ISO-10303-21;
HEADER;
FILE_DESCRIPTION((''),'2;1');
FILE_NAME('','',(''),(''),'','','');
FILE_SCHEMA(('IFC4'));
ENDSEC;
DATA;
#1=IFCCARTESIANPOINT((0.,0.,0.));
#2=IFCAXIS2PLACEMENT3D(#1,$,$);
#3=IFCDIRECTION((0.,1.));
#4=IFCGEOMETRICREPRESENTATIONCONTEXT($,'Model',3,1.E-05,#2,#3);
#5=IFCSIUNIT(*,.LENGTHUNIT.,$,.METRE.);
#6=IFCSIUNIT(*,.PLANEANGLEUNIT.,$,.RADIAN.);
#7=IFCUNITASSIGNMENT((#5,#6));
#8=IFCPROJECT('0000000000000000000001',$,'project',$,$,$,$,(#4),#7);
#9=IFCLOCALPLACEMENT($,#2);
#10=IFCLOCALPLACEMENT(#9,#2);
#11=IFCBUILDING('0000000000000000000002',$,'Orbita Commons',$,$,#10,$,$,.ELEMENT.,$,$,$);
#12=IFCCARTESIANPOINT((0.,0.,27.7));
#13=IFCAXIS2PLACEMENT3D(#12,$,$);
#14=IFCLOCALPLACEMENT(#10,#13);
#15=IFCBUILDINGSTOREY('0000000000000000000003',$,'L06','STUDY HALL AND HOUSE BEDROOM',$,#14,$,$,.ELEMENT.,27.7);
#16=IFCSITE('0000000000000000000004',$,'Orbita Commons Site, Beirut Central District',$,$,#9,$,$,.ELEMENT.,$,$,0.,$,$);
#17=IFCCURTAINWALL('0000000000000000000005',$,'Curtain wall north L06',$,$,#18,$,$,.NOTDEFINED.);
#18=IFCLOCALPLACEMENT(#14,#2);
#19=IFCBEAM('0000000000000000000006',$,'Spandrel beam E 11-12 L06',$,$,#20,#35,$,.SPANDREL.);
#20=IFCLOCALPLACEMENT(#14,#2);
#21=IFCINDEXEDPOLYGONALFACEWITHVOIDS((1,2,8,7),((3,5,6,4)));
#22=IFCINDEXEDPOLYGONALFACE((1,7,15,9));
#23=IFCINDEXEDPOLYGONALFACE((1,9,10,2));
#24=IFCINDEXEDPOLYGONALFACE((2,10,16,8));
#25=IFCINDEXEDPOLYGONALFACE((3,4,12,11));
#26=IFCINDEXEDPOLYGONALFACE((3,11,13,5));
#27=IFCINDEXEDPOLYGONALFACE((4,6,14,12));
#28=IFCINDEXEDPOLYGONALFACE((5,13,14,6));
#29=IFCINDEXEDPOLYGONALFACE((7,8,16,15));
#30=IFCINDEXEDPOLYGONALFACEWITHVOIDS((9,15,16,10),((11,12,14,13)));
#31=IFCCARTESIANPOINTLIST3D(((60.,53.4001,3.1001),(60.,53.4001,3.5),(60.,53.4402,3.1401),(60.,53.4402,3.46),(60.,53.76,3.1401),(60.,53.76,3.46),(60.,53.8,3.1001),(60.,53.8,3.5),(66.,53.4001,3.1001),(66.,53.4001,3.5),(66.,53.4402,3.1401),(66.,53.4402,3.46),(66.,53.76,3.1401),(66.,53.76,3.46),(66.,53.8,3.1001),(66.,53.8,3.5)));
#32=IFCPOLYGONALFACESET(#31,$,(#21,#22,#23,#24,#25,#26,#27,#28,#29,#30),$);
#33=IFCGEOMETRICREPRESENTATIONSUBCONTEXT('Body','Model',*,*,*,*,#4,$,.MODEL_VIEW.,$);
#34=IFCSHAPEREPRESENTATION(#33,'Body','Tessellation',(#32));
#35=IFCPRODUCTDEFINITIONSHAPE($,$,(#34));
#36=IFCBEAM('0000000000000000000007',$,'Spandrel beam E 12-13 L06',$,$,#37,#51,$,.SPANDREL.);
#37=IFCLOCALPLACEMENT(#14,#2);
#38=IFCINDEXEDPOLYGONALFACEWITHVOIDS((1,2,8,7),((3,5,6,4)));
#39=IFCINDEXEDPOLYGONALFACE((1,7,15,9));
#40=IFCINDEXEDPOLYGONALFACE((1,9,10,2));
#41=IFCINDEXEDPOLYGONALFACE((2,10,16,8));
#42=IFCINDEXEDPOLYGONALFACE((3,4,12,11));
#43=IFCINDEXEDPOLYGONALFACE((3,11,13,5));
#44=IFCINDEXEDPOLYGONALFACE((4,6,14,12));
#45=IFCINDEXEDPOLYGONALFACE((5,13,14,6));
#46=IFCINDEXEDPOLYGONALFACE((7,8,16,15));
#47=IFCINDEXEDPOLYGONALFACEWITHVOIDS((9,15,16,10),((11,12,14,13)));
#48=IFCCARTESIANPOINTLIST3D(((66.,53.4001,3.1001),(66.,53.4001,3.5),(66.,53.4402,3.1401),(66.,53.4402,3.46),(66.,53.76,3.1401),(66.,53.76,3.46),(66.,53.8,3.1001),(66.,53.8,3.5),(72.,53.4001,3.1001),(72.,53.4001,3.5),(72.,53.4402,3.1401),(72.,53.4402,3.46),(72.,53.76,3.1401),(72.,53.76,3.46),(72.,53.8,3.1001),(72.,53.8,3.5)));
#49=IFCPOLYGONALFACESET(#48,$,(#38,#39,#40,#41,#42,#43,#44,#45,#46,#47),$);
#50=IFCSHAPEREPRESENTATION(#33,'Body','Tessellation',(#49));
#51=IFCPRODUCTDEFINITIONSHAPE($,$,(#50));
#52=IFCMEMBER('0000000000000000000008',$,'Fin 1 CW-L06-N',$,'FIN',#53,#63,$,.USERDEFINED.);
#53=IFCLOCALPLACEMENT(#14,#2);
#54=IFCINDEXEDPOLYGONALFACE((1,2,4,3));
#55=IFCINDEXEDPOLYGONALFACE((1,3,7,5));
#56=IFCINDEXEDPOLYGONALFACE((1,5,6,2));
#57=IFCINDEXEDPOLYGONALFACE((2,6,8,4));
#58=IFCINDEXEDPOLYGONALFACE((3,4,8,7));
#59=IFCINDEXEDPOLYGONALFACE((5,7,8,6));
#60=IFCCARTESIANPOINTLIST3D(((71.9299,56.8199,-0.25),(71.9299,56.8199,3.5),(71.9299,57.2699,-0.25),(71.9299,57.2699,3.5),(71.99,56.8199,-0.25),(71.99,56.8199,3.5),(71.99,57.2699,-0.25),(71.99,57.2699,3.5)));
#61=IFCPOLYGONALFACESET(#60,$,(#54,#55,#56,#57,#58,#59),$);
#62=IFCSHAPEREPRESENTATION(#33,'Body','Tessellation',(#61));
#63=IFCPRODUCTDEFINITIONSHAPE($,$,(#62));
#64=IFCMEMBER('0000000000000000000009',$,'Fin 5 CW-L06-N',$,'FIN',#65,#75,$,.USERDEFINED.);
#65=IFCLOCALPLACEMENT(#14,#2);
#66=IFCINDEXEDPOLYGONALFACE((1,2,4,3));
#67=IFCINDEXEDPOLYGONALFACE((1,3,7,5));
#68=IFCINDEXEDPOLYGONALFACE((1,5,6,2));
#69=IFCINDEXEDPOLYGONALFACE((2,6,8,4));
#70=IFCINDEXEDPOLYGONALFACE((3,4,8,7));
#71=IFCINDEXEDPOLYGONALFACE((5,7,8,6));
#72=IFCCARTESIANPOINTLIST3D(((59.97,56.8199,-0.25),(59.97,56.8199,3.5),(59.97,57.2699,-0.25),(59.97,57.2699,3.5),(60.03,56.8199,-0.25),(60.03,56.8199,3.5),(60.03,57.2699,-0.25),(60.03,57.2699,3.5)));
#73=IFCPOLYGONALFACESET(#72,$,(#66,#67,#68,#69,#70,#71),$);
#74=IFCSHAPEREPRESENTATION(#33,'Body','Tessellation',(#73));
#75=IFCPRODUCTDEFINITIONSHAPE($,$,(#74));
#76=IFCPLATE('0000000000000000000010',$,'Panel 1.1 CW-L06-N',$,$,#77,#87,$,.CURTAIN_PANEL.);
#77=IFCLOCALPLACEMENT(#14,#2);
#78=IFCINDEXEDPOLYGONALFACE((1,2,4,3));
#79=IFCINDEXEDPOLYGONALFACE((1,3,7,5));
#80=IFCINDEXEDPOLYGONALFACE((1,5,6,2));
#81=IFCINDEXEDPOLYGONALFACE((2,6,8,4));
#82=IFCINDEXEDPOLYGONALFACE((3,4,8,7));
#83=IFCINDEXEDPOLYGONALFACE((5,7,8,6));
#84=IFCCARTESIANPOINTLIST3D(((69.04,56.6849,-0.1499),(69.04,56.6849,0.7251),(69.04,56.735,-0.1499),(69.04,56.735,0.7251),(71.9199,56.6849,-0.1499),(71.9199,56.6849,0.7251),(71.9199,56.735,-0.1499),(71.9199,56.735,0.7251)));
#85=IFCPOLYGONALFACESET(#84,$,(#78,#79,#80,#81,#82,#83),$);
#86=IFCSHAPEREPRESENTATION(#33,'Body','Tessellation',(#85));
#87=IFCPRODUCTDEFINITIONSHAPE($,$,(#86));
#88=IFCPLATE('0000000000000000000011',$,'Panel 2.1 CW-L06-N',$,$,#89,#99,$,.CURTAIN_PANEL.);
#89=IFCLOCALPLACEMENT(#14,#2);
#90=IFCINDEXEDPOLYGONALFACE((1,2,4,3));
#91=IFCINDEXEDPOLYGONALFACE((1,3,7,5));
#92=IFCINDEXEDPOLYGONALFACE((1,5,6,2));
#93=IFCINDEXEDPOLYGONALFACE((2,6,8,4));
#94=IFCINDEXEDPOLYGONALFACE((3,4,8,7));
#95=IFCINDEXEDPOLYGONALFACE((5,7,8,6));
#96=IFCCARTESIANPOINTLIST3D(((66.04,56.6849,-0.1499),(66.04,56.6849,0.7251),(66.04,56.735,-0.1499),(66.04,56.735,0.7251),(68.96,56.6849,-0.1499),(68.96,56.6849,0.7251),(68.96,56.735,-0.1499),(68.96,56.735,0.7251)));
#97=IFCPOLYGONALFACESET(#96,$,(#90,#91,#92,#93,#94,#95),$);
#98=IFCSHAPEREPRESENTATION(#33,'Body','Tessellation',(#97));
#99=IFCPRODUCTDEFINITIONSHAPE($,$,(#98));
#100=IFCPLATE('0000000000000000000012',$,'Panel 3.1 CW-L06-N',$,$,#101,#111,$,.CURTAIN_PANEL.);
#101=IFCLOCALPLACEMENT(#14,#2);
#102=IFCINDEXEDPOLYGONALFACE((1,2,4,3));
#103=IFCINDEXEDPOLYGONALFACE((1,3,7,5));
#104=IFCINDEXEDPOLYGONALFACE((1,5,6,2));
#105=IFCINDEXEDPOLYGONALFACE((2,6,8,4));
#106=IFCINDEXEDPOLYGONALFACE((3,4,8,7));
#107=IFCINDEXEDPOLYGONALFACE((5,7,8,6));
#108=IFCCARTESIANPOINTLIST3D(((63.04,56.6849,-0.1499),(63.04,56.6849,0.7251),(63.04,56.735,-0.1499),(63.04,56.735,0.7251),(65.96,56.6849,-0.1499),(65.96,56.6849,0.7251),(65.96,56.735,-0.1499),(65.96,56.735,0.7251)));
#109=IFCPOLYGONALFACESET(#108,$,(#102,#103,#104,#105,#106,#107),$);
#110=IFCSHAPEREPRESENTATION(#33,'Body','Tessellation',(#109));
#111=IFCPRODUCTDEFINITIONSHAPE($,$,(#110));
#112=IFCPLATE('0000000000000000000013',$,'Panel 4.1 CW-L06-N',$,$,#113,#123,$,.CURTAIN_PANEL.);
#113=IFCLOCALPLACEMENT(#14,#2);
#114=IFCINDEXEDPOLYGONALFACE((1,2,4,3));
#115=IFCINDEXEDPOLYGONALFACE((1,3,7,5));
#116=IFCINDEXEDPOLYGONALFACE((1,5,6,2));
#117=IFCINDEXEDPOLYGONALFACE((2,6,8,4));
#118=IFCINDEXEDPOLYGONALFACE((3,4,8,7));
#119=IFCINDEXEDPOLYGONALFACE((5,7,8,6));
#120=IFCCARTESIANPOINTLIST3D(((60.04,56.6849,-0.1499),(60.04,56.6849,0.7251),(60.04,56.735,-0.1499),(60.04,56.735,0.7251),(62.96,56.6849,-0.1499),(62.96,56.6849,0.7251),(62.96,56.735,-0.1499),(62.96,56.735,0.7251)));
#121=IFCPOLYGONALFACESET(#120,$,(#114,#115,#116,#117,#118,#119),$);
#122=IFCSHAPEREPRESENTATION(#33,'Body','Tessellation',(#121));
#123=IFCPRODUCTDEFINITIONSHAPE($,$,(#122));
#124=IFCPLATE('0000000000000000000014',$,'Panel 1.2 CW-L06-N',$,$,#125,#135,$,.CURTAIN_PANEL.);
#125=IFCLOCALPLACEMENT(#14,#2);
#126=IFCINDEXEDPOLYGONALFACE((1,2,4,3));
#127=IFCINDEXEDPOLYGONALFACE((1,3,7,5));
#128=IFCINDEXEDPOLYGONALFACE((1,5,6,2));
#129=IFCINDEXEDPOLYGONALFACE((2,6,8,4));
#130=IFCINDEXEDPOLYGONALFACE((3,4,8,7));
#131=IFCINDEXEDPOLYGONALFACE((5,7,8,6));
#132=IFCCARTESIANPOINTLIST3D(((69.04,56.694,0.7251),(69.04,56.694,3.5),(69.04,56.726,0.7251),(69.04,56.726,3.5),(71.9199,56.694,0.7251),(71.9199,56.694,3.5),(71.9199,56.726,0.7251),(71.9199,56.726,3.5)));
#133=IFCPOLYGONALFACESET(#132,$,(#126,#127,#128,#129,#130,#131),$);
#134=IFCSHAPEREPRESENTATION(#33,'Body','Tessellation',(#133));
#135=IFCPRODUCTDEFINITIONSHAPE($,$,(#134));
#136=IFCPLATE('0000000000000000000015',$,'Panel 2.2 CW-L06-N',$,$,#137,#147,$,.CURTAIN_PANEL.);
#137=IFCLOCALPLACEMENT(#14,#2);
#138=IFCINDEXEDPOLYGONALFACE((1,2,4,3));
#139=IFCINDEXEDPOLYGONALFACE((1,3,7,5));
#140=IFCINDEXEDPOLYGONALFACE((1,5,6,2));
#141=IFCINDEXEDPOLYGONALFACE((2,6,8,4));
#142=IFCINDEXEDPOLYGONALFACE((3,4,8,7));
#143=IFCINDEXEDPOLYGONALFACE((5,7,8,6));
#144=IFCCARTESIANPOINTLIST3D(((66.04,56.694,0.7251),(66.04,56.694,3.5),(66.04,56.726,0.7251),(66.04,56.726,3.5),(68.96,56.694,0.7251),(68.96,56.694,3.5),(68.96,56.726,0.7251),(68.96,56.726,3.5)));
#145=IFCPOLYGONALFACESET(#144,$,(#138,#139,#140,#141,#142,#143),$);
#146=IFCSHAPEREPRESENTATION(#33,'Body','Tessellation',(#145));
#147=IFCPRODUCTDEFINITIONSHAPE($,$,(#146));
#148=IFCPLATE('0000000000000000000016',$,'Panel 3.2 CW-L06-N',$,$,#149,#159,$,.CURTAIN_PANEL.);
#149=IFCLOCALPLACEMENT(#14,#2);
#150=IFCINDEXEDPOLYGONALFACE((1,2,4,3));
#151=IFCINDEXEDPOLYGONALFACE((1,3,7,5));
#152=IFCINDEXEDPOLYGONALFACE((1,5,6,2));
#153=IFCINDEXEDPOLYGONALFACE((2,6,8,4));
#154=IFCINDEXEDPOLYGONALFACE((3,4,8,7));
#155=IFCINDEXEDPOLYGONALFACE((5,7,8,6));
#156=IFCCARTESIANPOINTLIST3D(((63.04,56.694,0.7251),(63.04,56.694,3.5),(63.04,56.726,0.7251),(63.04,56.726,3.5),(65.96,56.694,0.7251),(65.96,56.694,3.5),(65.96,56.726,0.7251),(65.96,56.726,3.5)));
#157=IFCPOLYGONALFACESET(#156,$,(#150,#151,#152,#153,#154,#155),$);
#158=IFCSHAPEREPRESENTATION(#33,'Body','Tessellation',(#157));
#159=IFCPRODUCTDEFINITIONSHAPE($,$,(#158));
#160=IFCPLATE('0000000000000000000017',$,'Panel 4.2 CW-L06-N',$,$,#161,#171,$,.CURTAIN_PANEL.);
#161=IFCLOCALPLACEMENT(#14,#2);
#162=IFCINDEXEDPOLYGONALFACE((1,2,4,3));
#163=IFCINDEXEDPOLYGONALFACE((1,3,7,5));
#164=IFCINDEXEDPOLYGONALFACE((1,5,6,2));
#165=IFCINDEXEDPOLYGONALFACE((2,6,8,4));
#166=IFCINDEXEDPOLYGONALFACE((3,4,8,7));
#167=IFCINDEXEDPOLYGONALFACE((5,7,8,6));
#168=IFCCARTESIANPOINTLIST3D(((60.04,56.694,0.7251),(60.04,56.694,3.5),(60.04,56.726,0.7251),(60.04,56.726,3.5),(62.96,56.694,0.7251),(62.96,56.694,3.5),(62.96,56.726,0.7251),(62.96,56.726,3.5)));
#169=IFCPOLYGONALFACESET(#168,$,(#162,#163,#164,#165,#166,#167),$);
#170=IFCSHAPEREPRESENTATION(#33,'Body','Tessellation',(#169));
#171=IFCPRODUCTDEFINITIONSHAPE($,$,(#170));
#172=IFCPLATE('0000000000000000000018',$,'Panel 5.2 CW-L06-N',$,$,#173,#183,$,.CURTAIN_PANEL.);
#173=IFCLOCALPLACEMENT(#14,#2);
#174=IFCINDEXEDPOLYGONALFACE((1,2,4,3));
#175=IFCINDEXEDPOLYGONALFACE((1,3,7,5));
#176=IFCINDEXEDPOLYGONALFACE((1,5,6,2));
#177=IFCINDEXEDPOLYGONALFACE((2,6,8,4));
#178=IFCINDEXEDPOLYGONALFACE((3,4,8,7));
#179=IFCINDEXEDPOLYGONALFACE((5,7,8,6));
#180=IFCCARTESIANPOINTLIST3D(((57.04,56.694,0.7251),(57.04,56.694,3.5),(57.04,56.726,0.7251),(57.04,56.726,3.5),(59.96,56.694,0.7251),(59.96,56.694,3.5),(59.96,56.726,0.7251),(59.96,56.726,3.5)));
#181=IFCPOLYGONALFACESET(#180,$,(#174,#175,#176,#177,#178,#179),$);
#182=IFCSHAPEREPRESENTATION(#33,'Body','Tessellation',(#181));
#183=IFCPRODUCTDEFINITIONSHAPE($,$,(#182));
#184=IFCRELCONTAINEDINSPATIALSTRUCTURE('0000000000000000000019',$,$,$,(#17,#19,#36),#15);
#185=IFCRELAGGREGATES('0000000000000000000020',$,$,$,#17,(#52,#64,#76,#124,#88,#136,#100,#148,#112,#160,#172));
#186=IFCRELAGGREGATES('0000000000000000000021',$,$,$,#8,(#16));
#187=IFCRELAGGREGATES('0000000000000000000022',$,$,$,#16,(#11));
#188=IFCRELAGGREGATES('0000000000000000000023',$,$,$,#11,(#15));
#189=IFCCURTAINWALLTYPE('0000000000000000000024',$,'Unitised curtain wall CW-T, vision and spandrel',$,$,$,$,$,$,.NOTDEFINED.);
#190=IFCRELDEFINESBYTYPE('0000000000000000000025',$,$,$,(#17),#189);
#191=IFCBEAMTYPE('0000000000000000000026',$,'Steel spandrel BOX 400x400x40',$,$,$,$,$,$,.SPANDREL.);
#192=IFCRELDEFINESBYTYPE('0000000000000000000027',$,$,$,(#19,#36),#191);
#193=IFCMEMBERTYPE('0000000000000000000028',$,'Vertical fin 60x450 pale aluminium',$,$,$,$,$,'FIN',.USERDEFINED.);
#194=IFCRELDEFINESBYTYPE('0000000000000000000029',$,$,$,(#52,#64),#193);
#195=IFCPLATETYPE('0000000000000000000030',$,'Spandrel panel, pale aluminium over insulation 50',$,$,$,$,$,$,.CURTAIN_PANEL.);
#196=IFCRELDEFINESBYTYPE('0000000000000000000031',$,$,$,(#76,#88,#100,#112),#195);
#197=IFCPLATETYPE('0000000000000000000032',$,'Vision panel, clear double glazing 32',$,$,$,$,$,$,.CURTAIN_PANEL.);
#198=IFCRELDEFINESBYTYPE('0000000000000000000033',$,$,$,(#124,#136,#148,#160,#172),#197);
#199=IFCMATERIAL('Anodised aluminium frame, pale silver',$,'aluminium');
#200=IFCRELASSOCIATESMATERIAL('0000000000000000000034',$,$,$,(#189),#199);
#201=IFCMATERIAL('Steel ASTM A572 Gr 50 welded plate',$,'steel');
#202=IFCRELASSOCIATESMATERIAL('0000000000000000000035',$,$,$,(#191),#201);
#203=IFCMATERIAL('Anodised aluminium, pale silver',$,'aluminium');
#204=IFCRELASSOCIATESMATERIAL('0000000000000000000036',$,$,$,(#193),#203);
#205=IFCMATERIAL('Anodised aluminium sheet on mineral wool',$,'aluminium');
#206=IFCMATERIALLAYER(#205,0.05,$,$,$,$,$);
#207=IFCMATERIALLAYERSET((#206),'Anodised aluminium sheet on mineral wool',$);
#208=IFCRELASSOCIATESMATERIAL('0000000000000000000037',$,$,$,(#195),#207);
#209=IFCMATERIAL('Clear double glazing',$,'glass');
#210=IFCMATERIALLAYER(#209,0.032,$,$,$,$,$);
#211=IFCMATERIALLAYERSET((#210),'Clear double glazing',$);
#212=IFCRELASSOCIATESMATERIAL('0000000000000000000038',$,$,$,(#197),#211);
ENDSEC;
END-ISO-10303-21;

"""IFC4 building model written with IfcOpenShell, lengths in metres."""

from ifc_helpers import new_model, si_unit, direction, frame, origin, origin_2d, place, context, subcontext, project, spatial, rectangle, hollow_rectangle, extrude, material, layer, layer_set, material_profile, profile_set, type_object, element, aggregate, save


model = new_model("IFC4")

# Units and contexts
model_context = context("Model", 3, precision=1e-05, world=origin(), true_north=direction((0.0, 1.0)))
body_context = subcontext(model_context, "Body", "Model", "MODEL_VIEW")
ifc_project = project(units=[si_unit("LENGTHUNIT", "METRE"), si_unit("PLANEANGLEUNIT", "RADIAN")], contexts=[model_context])

# Site, building, storey
site_placement = place(None, origin())
site = spatial("IfcSite", under=ifc_project, at=site_placement, Name="Orbita Commons Site, Beirut Central District", CompositionType="ELEMENT", RefElevation=0.0)
building_placement = place(site_placement, origin())
building = spatial("IfcBuilding", under=site, at=building_placement, Name="Orbita Commons", CompositionType="ELEMENT")
storey_placement = place(building_placement, frame((0.0, 0.0, 27.7)))
storey = spatial("IfcBuildingStorey", under=building, at=storey_placement, Name="L06", Description="STUDY HALL AND HOUSE BEDROOM", CompositionType="ELEMENT", Elevation=27.7)

# Curtain wall
ifc_material_1 = material(Name="Anodised aluminium frame, pale silver", Category="aluminium")
curtain_wall_type = type_object("IfcCurtainWallType", Name="Unitised curtain wall CW-T, vision and spandrel", PredefinedType="NOTDEFINED", material=ifc_material_1)
curtain_wall_placement = place(storey_placement, origin())
curtain_wall = element("IfcCurtainWall", 1, at=curtain_wall_placement, inside=storey, type_object=curtain_wall_type, Name="Curtain wall north L06", PredefinedType="NOTDEFINED")

# Beams
ifc_material_2 = material(Name="Steel ASTM A572 Gr 50 welded plate", Category="steel")
ifc_material_profile_1 = material_profile(ifc_material_2, hollow_rectangle(XDim=0.3999, YDim=0.3999, WallThickness=0.04, at=origin_2d()), Name="BOX 400x400x40")
ifc_profile_set_1 = profile_set([ifc_material_profile_1], Name="Steel ASTM A572 Gr 50 welded plate")
beam_type = type_object("IfcBeamType", Name="Steel spandrel BOX 400x400x40", PredefinedType="SPANDREL", material=ifc_profile_set_1)
for number, where, z_axis, x_axis, name in (
    (2, (60.0, 53.6001, 3.3), (1.0, 0.0, 0.0), (0.0, 1.0, 0.0), "Spandrel beam E 11-12 L06"),
    (3, (66.0, 53.6001, 3.3), (1.0, 0.0, 0.0), (0.0, 1.0, 0.0), "Spandrel beam E 12-13 L06"),
):
    element("IfcBeam", number, at=place(storey_placement, frame(where, z_axis=z_axis, x_axis=x_axis)), inside=storey, type_object=beam_type, Name=name, PredefinedType="SPANDREL", context=body_context, shape_type="SweptSolid", body=[
        extrude(hollow_rectangle(XDim=0.3999, YDim=0.3999, WallThickness=0.04, at=origin_2d()), origin(), (0.0, 0.0, 1.0), 6.0),
    ])

# Members
ifc_material_3 = material(Name="Anodised aluminium, pale silver", Category="aluminium")
ifc_material_profile_2 = material_profile(ifc_material_3, rectangle(XDim=0.0601, YDim=0.45, at=origin_2d()), Name="FIN 60x450")
ifc_profile_set_2 = profile_set([ifc_material_profile_2], Name="Anodised aluminium, pale silver")
member_type_1 = type_object("IfcMemberType", Name="Vertical fin 60x450 pale aluminium", ElementType="FIN", PredefinedType="USERDEFINED", material=ifc_profile_set_2)
member_1_placement = place(storey_placement, frame((71.96, 57.0449, -0.25), z_axis=(0.0, 0.0, 1.0), x_axis=(-1.0, 0.0, 0.0)))
member_1 = element("IfcMember", 4, at=member_1_placement, type_object=member_type_1, Name="Fin 1 CW-L06-N", ObjectType="FIN", PredefinedType="USERDEFINED", context=body_context, shape_type="SweptSolid", body=[
    extrude(rectangle(XDim=0.0601, YDim=0.45, at=origin_2d()), origin(), (0.0, 0.0, 1.0), 3.75),
])
member_2_placement = place(storey_placement, frame((60.0, 57.0449, -0.25), z_axis=(0.0, 0.0, 1.0), x_axis=(-1.0, 0.0, 0.0)))
member_2 = element("IfcMember", 5, at=member_2_placement, type_object=member_type_1, Name="Fin 5 CW-L06-N", ObjectType="FIN", PredefinedType="USERDEFINED", context=body_context, shape_type="SweptSolid", body=[
    extrude(rectangle(XDim=0.0601, YDim=0.45, at=origin_2d()), origin(), (0.0, 0.0, 1.0), 3.75),
])

# Plates
ifc_material_4 = material(Name="Anodised aluminium sheet on mineral wool", Category="aluminium")
ifc_layer_1 = layer(ifc_material_4, 0.05)
ifc_layer_set_1 = layer_set([ifc_layer_1], Name="Anodised aluminium sheet on mineral wool")
plate_type_1 = type_object("IfcPlateType", Name="Spandrel panel, pale aluminium over insulation 50", PredefinedType="CURTAIN_PANEL", material=ifc_layer_set_1)
plate_1_placement = place(storey_placement, frame((70.48, 56.71, -0.1499), z_axis=(0.0, 0.0, 1.0), x_axis=(-1.0, 0.0, 0.0)))
plate_1 = element("IfcPlate", 6, at=plate_1_placement, type_object=plate_type_1, Name="Panel 1.1 CW-L06-N", PredefinedType="CURTAIN_PANEL", context=body_context, shape_type="SweptSolid", body=[
    extrude(rectangle(XDim=2.8799, YDim=0.05, at=origin_2d()), origin(), (0.0, 0.0, 1.0), 0.875),
])
plate_2_placement = place(storey_placement, frame((67.5, 56.71, -0.1499), z_axis=(0.0, 0.0, 1.0), x_axis=(-1.0, 0.0, 0.0)))
plate_2 = element("IfcPlate", 7, at=plate_2_placement, type_object=plate_type_1, Name="Panel 2.1 CW-L06-N", PredefinedType="CURTAIN_PANEL", context=body_context, shape_type="SweptSolid", body=[
    extrude(rectangle(XDim=2.9199, YDim=0.05, at=origin_2d()), origin(), (0.0, 0.0, 1.0), 0.875),
])
plate_3_placement = place(storey_placement, frame((64.5, 56.71, -0.1499), z_axis=(0.0, 0.0, 1.0), x_axis=(-1.0, 0.0, 0.0)))
plate_3 = element("IfcPlate", 8, at=plate_3_placement, type_object=plate_type_1, Name="Panel 3.1 CW-L06-N", PredefinedType="CURTAIN_PANEL", context=body_context, shape_type="SweptSolid", body=[
    extrude(rectangle(XDim=2.9199, YDim=0.05, at=origin_2d()), origin(), (0.0, 0.0, 1.0), 0.875),
])
plate_4_placement = place(storey_placement, frame((61.5, 56.71, -0.1499), z_axis=(0.0, 0.0, 1.0), x_axis=(-1.0, 0.0, 0.0)))
plate_4 = element("IfcPlate", 9, at=plate_4_placement, type_object=plate_type_1, Name="Panel 4.1 CW-L06-N", PredefinedType="CURTAIN_PANEL", context=body_context, shape_type="SweptSolid", body=[
    extrude(rectangle(XDim=2.9199, YDim=0.05, at=origin_2d()), origin(), (0.0, 0.0, 1.0), 0.875),
])
ifc_material_5 = material(Name="Clear double glazing", Category="glass")
ifc_layer_2 = layer(ifc_material_5, 0.032)
ifc_layer_set_2 = layer_set([ifc_layer_2], Name="Clear double glazing")
plate_type_2 = type_object("IfcPlateType", Name="Vision panel, clear double glazing 32", PredefinedType="CURTAIN_PANEL", material=ifc_layer_set_2)
plate_5_placement = place(storey_placement, frame((70.48, 56.71, 0.7251), z_axis=(0.0, 0.0, 1.0), x_axis=(-1.0, 0.0, 0.0)))
plate_5 = element("IfcPlate", 10, at=plate_5_placement, type_object=plate_type_2, Name="Panel 1.2 CW-L06-N", PredefinedType="CURTAIN_PANEL", context=body_context, shape_type="SweptSolid", body=[
    extrude(rectangle(XDim=2.8799, YDim=0.032, at=origin_2d()), origin(), (0.0, 0.0, 1.0), 2.7749),
])
plate_6_placement = place(storey_placement, frame((67.5, 56.71, 0.7251), z_axis=(0.0, 0.0, 1.0), x_axis=(-1.0, 0.0, 0.0)))
plate_6 = element("IfcPlate", 11, at=plate_6_placement, type_object=plate_type_2, Name="Panel 2.2 CW-L06-N", PredefinedType="CURTAIN_PANEL", context=body_context, shape_type="SweptSolid", body=[
    extrude(rectangle(XDim=2.9199, YDim=0.032, at=origin_2d()), origin(), (0.0, 0.0, 1.0), 2.7749),
])
plate_7_placement = place(storey_placement, frame((64.5, 56.71, 0.7251), z_axis=(0.0, 0.0, 1.0), x_axis=(-1.0, 0.0, 0.0)))
plate_7 = element("IfcPlate", 12, at=plate_7_placement, type_object=plate_type_2, Name="Panel 3.2 CW-L06-N", PredefinedType="CURTAIN_PANEL", context=body_context, shape_type="SweptSolid", body=[
    extrude(rectangle(XDim=2.9199, YDim=0.032, at=origin_2d()), origin(), (0.0, 0.0, 1.0), 2.7749),
])
plate_8_placement = place(storey_placement, frame((61.5, 56.71, 0.7251), z_axis=(0.0, 0.0, 1.0), x_axis=(-1.0, 0.0, 0.0)))
plate_8 = element("IfcPlate", 13, at=plate_8_placement, type_object=plate_type_2, Name="Panel 4.2 CW-L06-N", PredefinedType="CURTAIN_PANEL", context=body_context, shape_type="SweptSolid", body=[
    extrude(rectangle(XDim=2.9199, YDim=0.032, at=origin_2d()), origin(), (0.0, 0.0, 1.0), 2.7749),
])
plate_9_placement = place(storey_placement, frame((58.5, 56.71, 0.7251), z_axis=(0.0, 0.0, 1.0), x_axis=(-1.0, 0.0, 0.0)))
plate_9 = element("IfcPlate", 14, at=plate_9_placement, type_object=plate_type_2, Name="Panel 5.2 CW-L06-N", PredefinedType="CURTAIN_PANEL", context=body_context, shape_type="SweptSolid", body=[
    extrude(rectangle(XDim=2.9199, YDim=0.032, at=origin_2d()), origin(), (0.0, 0.0, 1.0), 2.7749),
])
aggregate(curtain_wall, [member_1, member_2, plate_1, plate_5, plate_2, plate_6, plate_3, plate_7, plate_4, plate_8, plate_9])

save(model, "model.ifc")
